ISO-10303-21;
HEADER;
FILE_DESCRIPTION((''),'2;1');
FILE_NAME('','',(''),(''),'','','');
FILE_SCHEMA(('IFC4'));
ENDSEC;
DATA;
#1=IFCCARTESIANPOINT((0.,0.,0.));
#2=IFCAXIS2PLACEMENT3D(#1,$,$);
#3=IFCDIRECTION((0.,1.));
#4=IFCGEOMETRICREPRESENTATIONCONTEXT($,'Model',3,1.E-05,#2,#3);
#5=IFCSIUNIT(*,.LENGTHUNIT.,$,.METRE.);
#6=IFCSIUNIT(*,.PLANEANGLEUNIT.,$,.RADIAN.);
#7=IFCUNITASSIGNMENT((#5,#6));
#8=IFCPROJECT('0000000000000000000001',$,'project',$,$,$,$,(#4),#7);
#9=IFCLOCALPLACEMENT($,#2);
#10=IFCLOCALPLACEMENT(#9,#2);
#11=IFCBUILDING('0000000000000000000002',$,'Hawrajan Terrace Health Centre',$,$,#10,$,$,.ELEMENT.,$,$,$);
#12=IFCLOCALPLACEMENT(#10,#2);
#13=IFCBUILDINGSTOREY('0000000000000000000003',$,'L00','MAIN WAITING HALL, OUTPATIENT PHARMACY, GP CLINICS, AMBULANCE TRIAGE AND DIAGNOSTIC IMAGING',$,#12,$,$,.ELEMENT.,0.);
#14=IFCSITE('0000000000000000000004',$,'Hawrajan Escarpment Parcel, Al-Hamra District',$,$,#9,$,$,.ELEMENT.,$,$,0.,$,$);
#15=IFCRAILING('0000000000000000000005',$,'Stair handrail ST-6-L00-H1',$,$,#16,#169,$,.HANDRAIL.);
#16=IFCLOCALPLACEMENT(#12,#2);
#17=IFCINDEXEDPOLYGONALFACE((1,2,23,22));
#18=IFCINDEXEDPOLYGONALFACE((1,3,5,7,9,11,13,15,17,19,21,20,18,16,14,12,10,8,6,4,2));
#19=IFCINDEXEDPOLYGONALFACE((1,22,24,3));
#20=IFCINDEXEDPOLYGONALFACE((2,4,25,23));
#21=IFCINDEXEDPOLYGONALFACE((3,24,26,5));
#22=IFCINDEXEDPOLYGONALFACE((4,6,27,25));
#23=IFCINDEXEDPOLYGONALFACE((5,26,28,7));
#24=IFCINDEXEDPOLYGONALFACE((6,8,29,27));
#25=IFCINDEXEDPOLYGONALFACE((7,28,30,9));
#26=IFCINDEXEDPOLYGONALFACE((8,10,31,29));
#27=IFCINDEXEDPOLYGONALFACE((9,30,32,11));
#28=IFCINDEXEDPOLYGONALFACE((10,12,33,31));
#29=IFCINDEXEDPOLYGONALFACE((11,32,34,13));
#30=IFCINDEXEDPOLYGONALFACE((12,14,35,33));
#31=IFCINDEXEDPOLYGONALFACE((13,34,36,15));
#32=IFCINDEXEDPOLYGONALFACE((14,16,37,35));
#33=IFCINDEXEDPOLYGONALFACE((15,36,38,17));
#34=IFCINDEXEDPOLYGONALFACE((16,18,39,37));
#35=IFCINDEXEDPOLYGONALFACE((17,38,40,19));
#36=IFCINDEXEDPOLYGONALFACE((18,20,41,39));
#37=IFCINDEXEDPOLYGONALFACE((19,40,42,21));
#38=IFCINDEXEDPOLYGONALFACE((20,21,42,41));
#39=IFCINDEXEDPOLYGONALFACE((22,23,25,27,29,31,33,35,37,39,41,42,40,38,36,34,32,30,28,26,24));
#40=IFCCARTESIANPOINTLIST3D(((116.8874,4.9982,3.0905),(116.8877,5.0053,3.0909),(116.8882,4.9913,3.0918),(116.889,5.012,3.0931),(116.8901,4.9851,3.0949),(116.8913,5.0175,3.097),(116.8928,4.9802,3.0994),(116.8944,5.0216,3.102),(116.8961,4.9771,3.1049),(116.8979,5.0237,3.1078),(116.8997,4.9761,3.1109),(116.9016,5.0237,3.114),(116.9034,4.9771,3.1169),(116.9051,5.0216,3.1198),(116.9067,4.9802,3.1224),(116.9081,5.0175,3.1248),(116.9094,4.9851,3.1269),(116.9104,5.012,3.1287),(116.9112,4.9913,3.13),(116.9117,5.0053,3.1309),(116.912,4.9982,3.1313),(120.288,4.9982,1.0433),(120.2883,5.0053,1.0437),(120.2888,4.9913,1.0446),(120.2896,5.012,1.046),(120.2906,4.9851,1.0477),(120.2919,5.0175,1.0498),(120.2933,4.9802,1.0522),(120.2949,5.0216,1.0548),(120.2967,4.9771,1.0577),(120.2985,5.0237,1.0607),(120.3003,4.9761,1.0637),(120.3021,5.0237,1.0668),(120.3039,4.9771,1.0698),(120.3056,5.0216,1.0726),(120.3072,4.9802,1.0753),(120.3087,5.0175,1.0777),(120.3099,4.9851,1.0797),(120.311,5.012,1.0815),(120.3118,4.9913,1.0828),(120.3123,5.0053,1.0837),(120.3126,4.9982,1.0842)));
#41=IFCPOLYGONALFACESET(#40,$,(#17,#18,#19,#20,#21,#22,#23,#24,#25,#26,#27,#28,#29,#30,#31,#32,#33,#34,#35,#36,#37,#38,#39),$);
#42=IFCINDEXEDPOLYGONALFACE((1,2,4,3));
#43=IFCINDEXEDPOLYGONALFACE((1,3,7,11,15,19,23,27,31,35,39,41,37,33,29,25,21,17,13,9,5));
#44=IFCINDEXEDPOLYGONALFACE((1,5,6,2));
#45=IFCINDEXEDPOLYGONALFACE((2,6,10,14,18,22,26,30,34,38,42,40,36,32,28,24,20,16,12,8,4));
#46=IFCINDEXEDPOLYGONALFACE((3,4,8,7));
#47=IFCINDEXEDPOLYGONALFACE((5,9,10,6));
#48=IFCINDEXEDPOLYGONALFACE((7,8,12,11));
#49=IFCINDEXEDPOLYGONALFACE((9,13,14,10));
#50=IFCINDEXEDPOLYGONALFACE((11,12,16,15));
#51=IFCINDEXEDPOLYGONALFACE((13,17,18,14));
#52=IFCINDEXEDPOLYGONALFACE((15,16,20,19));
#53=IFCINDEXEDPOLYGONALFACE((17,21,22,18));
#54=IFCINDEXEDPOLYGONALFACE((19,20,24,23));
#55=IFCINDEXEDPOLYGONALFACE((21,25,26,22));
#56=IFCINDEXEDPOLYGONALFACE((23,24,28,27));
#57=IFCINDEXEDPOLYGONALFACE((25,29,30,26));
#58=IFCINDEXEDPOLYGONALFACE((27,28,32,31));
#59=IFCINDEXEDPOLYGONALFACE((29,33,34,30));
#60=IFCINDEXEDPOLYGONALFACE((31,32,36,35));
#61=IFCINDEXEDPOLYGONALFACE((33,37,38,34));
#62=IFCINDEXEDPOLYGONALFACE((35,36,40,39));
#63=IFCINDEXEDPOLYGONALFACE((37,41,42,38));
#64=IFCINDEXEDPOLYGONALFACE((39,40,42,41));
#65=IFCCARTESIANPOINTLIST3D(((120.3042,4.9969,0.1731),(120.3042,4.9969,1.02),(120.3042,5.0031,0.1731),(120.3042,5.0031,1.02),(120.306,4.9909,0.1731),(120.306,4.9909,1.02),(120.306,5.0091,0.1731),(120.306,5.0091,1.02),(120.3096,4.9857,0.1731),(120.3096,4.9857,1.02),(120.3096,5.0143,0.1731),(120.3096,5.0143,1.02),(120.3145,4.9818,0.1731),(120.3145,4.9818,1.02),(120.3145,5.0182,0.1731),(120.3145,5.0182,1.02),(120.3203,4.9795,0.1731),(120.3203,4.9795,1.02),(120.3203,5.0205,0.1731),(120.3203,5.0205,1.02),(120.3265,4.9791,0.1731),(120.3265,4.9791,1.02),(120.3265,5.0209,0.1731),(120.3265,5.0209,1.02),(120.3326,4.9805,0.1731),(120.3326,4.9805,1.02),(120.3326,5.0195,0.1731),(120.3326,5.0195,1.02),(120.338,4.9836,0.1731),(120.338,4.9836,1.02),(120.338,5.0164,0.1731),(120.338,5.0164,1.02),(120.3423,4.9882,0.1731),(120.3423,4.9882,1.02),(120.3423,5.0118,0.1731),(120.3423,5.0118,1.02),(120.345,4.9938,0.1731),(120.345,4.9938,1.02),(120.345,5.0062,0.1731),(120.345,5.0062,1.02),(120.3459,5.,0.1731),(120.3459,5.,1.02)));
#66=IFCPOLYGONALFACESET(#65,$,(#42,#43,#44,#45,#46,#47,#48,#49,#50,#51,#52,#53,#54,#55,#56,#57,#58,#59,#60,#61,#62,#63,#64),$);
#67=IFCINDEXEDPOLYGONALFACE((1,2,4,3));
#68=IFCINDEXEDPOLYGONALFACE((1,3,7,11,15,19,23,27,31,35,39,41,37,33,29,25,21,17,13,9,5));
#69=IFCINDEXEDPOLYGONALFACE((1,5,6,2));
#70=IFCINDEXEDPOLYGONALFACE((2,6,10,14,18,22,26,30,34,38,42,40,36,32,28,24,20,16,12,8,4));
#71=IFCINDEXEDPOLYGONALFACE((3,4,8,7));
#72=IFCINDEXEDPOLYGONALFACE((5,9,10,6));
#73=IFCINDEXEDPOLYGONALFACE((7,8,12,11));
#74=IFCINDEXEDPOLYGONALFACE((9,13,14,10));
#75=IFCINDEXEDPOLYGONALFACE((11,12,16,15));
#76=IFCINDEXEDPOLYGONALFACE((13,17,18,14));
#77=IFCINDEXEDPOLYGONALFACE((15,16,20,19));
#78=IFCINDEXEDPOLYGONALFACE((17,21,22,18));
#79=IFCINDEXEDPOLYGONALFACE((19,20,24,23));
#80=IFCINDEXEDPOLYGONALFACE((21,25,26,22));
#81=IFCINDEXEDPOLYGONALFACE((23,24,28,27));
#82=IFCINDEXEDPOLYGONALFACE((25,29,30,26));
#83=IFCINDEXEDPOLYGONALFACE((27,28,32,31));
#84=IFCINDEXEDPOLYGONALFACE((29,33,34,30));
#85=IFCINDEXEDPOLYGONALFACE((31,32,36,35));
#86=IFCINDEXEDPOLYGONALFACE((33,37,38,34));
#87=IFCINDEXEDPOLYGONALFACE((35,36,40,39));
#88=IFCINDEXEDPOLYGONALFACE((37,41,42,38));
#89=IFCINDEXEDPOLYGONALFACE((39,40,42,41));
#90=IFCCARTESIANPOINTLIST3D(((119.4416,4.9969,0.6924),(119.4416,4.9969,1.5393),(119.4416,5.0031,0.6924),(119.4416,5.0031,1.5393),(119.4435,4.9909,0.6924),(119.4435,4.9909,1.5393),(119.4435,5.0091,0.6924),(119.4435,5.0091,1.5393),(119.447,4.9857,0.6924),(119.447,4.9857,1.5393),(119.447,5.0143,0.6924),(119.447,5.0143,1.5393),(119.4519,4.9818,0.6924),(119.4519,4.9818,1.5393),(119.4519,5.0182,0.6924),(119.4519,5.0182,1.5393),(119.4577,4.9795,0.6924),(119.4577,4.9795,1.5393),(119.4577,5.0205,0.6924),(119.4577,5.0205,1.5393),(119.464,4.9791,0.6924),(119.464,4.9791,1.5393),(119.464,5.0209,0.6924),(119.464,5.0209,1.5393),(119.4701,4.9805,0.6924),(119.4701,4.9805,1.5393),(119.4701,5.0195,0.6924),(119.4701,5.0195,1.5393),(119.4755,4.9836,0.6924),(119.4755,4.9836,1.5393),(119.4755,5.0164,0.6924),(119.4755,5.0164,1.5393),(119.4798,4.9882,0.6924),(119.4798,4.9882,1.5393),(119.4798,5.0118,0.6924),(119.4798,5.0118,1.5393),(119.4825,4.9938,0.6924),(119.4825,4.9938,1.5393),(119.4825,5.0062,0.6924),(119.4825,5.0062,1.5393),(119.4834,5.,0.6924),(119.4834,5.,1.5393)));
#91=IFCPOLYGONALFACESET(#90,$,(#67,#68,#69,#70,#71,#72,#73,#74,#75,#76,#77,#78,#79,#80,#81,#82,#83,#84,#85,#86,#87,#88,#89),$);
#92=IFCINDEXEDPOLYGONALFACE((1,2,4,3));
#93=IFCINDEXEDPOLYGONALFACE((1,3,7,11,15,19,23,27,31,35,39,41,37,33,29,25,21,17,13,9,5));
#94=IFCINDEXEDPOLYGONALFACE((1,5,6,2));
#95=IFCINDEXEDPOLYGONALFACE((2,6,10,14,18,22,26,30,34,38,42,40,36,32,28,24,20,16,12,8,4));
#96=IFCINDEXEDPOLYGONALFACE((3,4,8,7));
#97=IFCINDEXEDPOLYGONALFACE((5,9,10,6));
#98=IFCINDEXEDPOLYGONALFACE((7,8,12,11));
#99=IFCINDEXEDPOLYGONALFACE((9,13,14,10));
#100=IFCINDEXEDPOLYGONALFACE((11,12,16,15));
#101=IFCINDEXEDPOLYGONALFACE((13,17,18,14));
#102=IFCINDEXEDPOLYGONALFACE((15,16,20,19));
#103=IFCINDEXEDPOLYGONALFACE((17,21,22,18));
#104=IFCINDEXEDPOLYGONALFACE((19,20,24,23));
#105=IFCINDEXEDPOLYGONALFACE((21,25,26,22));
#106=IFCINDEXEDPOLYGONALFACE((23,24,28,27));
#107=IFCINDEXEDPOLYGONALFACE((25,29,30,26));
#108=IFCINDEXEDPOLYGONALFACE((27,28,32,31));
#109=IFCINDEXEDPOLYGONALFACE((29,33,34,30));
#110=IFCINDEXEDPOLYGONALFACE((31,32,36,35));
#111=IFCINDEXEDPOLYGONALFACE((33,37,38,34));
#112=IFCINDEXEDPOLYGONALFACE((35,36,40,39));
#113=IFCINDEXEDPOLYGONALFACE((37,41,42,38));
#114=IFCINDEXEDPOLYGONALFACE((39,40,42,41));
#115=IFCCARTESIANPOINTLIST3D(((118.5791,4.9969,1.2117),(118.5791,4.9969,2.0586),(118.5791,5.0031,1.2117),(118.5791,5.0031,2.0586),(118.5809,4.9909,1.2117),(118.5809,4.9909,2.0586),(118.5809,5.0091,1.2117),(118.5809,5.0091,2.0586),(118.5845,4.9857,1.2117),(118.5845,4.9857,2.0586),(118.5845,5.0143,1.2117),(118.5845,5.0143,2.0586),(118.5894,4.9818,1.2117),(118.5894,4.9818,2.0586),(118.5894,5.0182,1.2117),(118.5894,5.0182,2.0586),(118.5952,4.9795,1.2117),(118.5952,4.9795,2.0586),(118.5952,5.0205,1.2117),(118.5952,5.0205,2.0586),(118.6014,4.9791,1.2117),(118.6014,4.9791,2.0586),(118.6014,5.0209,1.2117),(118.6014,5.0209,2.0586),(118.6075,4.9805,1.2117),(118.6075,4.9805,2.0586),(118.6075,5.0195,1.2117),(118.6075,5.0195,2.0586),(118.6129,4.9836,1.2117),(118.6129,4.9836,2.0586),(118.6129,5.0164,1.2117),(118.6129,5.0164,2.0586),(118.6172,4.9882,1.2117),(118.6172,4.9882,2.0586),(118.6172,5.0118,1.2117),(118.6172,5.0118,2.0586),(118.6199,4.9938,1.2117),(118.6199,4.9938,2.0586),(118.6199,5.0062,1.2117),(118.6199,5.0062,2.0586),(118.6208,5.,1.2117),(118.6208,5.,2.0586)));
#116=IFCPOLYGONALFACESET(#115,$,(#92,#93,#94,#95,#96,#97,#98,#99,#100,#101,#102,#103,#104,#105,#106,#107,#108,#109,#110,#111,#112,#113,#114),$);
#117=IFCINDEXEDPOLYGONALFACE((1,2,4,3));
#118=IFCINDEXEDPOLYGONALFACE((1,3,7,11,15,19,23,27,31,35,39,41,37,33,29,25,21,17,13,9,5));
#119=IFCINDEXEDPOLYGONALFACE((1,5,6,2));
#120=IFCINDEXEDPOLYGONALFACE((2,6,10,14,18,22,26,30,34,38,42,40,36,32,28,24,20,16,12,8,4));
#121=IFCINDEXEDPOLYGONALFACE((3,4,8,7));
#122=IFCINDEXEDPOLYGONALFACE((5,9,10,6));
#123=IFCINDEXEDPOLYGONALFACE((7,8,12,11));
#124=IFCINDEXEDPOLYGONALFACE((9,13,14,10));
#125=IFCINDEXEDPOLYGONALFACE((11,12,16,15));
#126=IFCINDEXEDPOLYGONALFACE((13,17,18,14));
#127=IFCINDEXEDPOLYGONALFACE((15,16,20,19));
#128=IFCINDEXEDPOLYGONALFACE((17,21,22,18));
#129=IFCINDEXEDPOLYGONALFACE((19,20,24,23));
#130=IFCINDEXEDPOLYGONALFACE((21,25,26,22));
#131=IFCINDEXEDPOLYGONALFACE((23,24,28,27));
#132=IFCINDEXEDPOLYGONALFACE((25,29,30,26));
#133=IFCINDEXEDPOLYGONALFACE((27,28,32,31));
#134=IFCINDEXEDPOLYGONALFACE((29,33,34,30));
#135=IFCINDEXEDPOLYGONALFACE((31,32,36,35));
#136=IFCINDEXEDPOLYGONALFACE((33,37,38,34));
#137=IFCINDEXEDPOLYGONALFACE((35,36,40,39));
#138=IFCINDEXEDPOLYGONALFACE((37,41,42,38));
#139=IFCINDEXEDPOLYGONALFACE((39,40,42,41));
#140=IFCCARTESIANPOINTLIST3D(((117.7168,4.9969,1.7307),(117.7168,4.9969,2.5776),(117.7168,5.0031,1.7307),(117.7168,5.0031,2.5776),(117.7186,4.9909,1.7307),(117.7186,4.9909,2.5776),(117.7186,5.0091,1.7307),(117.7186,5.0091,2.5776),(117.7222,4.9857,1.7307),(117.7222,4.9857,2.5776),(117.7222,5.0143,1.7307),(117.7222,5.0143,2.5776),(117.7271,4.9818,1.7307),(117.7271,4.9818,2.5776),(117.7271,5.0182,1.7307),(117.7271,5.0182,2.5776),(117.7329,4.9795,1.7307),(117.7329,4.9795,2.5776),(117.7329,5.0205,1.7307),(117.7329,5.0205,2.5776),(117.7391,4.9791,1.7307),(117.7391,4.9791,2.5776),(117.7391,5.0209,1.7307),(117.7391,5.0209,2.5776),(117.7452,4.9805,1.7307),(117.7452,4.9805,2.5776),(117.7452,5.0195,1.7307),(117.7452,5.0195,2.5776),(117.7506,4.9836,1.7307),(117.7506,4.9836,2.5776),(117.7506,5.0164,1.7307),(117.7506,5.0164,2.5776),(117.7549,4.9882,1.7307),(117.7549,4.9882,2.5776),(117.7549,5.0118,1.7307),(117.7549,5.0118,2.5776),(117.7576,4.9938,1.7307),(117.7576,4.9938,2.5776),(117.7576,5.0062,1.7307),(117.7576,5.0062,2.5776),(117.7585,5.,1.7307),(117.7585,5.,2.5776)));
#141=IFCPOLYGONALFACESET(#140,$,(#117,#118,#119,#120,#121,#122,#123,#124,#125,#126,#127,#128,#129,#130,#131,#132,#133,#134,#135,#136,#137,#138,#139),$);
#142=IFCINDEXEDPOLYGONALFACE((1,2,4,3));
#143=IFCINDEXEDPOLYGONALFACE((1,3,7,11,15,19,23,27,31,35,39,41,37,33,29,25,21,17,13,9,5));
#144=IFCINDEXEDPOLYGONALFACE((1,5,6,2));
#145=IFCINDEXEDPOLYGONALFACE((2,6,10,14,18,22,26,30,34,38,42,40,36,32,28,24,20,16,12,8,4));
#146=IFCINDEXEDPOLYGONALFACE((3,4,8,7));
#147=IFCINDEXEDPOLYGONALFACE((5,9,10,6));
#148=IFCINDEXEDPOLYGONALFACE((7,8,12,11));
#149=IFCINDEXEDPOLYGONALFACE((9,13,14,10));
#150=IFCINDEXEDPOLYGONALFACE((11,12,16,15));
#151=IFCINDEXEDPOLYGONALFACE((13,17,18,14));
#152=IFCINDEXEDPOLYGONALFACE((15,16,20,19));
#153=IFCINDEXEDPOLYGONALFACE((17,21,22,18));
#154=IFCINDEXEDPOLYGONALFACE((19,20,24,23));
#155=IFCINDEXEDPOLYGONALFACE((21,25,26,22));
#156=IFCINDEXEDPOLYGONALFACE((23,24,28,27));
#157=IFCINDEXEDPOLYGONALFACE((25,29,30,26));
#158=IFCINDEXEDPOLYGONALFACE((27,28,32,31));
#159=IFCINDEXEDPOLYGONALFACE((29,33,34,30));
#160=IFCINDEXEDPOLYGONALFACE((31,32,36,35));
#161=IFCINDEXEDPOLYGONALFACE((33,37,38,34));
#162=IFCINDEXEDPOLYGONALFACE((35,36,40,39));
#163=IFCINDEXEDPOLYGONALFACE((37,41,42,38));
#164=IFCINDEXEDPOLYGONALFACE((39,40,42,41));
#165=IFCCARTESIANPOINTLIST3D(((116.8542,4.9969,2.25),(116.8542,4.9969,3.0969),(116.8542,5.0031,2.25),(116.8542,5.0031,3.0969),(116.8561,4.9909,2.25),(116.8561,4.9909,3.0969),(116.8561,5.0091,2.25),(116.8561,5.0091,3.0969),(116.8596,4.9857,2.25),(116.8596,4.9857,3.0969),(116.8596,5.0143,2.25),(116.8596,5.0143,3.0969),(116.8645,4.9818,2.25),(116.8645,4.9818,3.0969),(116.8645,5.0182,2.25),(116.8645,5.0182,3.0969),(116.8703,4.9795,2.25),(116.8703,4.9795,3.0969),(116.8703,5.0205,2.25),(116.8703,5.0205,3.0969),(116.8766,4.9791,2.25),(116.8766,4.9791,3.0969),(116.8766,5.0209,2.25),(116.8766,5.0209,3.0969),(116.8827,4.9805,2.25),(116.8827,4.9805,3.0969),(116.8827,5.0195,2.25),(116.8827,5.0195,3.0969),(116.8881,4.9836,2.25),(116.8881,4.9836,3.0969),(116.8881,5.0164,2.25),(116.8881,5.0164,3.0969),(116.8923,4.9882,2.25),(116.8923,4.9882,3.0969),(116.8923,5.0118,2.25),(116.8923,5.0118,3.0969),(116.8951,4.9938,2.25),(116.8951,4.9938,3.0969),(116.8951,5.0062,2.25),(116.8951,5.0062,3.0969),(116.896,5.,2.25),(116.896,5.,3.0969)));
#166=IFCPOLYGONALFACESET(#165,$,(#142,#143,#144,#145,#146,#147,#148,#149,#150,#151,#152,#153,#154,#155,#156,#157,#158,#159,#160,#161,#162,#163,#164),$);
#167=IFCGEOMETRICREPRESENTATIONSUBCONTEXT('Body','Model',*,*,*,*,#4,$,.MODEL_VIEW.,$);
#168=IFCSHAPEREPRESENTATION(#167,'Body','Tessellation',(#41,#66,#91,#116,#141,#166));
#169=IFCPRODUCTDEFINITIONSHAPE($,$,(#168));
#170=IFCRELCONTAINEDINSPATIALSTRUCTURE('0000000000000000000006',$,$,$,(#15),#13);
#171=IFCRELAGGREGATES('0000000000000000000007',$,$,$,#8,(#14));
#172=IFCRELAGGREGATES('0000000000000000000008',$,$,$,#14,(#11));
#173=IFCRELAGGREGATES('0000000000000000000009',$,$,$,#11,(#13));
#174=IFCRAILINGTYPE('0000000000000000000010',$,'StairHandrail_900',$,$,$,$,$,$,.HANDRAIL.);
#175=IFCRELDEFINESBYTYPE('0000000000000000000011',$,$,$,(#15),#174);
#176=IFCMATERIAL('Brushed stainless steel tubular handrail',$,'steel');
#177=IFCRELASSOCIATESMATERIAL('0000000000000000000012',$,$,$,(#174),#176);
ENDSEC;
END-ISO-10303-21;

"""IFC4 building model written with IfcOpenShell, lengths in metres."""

from ifc_helpers import new_model, si_unit, direction, frame, origin, origin_2d, place, context, subcontext, project, spatial, circle, extrude, material, type_object, element, save


model = new_model("IFC4")

# Units and contexts
model_context = context("Model", 3, precision=1e-05, world=origin(), true_north=direction((0.0, 1.0)))
body_context = subcontext(model_context, "Body", "Model", "MODEL_VIEW")
ifc_project = project(units=[si_unit("LENGTHUNIT", "METRE"), si_unit("PLANEANGLEUNIT", "RADIAN")], contexts=[model_context])

# Site, building, storey
site_placement = place(None, origin())
site = spatial("IfcSite", under=ifc_project, at=site_placement, Name="Hawrajan Escarpment Parcel, Al-Hamra District", CompositionType="ELEMENT", RefElevation=0.0)
building_placement = place(site_placement, origin())
building = spatial("IfcBuilding", under=site, at=building_placement, Name="Hawrajan Terrace Health Centre", CompositionType="ELEMENT")
storey_placement = place(building_placement, origin())
storey = spatial("IfcBuildingStorey", under=building, at=storey_placement, Name="L00", Description="MAIN WAITING HALL, OUTPATIENT PHARMACY, GP CLINICS, AMBULANCE TRIAGE AND DIAGNOSTIC IMAGING", CompositionType="ELEMENT", Elevation=0.0)

# Railing
ifc_material_1 = material(Name="Brushed stainless steel tubular handrail", Category="steel")
railing_type_1 = type_object("IfcRailingType", Name="StairHandrail_900", PredefinedType="HANDRAIL", material=ifc_material_1)
railing_placement = place(storey_placement, frame((120.325, 5.0, 0.1731)))
element("IfcRailing", 1, at=railing_placement, inside=storey, type_object=railing_type_1, Name="Stair handrail ST-6-L00-H1", PredefinedType="HANDRAIL", context=body_context, shape_type="SweptSolid", body=[
    extrude(circle(Radius=0.0239, at=origin_2d()), frame((-0.0247, 0.0, 0.8906), z_axis=(-0.856732, 0.0, 0.515761), x_axis=(0.0, -1.0, 0.0)), (0.0, 0.0, 1.0), 3.9692),
    extrude(circle(Radius=0.021, at=origin_2d()), origin(), (0.0, 0.0, 1.0), 0.8469),
    extrude(circle(Radius=0.021, at=origin_2d()), frame((-0.8625, 0.0, 0.5193)), (0.0, 0.0, 1.0), 0.8469),
    extrude(circle(Radius=0.021, at=origin_2d()), frame((-1.7251, 0.0, 1.0386)), (0.0, 0.0, 1.0), 0.8469),
    extrude(circle(Radius=0.021, at=origin_2d()), frame((-2.5874, 0.0, 1.5576)), (0.0, 0.0, 1.0), 0.8469),
    extrude(circle(Radius=0.021, at=origin_2d()), frame((-3.45, 0.0, 2.0769)), (0.0, 0.0, 1.0), 0.8469),
])

save(model, "model.ifc")
